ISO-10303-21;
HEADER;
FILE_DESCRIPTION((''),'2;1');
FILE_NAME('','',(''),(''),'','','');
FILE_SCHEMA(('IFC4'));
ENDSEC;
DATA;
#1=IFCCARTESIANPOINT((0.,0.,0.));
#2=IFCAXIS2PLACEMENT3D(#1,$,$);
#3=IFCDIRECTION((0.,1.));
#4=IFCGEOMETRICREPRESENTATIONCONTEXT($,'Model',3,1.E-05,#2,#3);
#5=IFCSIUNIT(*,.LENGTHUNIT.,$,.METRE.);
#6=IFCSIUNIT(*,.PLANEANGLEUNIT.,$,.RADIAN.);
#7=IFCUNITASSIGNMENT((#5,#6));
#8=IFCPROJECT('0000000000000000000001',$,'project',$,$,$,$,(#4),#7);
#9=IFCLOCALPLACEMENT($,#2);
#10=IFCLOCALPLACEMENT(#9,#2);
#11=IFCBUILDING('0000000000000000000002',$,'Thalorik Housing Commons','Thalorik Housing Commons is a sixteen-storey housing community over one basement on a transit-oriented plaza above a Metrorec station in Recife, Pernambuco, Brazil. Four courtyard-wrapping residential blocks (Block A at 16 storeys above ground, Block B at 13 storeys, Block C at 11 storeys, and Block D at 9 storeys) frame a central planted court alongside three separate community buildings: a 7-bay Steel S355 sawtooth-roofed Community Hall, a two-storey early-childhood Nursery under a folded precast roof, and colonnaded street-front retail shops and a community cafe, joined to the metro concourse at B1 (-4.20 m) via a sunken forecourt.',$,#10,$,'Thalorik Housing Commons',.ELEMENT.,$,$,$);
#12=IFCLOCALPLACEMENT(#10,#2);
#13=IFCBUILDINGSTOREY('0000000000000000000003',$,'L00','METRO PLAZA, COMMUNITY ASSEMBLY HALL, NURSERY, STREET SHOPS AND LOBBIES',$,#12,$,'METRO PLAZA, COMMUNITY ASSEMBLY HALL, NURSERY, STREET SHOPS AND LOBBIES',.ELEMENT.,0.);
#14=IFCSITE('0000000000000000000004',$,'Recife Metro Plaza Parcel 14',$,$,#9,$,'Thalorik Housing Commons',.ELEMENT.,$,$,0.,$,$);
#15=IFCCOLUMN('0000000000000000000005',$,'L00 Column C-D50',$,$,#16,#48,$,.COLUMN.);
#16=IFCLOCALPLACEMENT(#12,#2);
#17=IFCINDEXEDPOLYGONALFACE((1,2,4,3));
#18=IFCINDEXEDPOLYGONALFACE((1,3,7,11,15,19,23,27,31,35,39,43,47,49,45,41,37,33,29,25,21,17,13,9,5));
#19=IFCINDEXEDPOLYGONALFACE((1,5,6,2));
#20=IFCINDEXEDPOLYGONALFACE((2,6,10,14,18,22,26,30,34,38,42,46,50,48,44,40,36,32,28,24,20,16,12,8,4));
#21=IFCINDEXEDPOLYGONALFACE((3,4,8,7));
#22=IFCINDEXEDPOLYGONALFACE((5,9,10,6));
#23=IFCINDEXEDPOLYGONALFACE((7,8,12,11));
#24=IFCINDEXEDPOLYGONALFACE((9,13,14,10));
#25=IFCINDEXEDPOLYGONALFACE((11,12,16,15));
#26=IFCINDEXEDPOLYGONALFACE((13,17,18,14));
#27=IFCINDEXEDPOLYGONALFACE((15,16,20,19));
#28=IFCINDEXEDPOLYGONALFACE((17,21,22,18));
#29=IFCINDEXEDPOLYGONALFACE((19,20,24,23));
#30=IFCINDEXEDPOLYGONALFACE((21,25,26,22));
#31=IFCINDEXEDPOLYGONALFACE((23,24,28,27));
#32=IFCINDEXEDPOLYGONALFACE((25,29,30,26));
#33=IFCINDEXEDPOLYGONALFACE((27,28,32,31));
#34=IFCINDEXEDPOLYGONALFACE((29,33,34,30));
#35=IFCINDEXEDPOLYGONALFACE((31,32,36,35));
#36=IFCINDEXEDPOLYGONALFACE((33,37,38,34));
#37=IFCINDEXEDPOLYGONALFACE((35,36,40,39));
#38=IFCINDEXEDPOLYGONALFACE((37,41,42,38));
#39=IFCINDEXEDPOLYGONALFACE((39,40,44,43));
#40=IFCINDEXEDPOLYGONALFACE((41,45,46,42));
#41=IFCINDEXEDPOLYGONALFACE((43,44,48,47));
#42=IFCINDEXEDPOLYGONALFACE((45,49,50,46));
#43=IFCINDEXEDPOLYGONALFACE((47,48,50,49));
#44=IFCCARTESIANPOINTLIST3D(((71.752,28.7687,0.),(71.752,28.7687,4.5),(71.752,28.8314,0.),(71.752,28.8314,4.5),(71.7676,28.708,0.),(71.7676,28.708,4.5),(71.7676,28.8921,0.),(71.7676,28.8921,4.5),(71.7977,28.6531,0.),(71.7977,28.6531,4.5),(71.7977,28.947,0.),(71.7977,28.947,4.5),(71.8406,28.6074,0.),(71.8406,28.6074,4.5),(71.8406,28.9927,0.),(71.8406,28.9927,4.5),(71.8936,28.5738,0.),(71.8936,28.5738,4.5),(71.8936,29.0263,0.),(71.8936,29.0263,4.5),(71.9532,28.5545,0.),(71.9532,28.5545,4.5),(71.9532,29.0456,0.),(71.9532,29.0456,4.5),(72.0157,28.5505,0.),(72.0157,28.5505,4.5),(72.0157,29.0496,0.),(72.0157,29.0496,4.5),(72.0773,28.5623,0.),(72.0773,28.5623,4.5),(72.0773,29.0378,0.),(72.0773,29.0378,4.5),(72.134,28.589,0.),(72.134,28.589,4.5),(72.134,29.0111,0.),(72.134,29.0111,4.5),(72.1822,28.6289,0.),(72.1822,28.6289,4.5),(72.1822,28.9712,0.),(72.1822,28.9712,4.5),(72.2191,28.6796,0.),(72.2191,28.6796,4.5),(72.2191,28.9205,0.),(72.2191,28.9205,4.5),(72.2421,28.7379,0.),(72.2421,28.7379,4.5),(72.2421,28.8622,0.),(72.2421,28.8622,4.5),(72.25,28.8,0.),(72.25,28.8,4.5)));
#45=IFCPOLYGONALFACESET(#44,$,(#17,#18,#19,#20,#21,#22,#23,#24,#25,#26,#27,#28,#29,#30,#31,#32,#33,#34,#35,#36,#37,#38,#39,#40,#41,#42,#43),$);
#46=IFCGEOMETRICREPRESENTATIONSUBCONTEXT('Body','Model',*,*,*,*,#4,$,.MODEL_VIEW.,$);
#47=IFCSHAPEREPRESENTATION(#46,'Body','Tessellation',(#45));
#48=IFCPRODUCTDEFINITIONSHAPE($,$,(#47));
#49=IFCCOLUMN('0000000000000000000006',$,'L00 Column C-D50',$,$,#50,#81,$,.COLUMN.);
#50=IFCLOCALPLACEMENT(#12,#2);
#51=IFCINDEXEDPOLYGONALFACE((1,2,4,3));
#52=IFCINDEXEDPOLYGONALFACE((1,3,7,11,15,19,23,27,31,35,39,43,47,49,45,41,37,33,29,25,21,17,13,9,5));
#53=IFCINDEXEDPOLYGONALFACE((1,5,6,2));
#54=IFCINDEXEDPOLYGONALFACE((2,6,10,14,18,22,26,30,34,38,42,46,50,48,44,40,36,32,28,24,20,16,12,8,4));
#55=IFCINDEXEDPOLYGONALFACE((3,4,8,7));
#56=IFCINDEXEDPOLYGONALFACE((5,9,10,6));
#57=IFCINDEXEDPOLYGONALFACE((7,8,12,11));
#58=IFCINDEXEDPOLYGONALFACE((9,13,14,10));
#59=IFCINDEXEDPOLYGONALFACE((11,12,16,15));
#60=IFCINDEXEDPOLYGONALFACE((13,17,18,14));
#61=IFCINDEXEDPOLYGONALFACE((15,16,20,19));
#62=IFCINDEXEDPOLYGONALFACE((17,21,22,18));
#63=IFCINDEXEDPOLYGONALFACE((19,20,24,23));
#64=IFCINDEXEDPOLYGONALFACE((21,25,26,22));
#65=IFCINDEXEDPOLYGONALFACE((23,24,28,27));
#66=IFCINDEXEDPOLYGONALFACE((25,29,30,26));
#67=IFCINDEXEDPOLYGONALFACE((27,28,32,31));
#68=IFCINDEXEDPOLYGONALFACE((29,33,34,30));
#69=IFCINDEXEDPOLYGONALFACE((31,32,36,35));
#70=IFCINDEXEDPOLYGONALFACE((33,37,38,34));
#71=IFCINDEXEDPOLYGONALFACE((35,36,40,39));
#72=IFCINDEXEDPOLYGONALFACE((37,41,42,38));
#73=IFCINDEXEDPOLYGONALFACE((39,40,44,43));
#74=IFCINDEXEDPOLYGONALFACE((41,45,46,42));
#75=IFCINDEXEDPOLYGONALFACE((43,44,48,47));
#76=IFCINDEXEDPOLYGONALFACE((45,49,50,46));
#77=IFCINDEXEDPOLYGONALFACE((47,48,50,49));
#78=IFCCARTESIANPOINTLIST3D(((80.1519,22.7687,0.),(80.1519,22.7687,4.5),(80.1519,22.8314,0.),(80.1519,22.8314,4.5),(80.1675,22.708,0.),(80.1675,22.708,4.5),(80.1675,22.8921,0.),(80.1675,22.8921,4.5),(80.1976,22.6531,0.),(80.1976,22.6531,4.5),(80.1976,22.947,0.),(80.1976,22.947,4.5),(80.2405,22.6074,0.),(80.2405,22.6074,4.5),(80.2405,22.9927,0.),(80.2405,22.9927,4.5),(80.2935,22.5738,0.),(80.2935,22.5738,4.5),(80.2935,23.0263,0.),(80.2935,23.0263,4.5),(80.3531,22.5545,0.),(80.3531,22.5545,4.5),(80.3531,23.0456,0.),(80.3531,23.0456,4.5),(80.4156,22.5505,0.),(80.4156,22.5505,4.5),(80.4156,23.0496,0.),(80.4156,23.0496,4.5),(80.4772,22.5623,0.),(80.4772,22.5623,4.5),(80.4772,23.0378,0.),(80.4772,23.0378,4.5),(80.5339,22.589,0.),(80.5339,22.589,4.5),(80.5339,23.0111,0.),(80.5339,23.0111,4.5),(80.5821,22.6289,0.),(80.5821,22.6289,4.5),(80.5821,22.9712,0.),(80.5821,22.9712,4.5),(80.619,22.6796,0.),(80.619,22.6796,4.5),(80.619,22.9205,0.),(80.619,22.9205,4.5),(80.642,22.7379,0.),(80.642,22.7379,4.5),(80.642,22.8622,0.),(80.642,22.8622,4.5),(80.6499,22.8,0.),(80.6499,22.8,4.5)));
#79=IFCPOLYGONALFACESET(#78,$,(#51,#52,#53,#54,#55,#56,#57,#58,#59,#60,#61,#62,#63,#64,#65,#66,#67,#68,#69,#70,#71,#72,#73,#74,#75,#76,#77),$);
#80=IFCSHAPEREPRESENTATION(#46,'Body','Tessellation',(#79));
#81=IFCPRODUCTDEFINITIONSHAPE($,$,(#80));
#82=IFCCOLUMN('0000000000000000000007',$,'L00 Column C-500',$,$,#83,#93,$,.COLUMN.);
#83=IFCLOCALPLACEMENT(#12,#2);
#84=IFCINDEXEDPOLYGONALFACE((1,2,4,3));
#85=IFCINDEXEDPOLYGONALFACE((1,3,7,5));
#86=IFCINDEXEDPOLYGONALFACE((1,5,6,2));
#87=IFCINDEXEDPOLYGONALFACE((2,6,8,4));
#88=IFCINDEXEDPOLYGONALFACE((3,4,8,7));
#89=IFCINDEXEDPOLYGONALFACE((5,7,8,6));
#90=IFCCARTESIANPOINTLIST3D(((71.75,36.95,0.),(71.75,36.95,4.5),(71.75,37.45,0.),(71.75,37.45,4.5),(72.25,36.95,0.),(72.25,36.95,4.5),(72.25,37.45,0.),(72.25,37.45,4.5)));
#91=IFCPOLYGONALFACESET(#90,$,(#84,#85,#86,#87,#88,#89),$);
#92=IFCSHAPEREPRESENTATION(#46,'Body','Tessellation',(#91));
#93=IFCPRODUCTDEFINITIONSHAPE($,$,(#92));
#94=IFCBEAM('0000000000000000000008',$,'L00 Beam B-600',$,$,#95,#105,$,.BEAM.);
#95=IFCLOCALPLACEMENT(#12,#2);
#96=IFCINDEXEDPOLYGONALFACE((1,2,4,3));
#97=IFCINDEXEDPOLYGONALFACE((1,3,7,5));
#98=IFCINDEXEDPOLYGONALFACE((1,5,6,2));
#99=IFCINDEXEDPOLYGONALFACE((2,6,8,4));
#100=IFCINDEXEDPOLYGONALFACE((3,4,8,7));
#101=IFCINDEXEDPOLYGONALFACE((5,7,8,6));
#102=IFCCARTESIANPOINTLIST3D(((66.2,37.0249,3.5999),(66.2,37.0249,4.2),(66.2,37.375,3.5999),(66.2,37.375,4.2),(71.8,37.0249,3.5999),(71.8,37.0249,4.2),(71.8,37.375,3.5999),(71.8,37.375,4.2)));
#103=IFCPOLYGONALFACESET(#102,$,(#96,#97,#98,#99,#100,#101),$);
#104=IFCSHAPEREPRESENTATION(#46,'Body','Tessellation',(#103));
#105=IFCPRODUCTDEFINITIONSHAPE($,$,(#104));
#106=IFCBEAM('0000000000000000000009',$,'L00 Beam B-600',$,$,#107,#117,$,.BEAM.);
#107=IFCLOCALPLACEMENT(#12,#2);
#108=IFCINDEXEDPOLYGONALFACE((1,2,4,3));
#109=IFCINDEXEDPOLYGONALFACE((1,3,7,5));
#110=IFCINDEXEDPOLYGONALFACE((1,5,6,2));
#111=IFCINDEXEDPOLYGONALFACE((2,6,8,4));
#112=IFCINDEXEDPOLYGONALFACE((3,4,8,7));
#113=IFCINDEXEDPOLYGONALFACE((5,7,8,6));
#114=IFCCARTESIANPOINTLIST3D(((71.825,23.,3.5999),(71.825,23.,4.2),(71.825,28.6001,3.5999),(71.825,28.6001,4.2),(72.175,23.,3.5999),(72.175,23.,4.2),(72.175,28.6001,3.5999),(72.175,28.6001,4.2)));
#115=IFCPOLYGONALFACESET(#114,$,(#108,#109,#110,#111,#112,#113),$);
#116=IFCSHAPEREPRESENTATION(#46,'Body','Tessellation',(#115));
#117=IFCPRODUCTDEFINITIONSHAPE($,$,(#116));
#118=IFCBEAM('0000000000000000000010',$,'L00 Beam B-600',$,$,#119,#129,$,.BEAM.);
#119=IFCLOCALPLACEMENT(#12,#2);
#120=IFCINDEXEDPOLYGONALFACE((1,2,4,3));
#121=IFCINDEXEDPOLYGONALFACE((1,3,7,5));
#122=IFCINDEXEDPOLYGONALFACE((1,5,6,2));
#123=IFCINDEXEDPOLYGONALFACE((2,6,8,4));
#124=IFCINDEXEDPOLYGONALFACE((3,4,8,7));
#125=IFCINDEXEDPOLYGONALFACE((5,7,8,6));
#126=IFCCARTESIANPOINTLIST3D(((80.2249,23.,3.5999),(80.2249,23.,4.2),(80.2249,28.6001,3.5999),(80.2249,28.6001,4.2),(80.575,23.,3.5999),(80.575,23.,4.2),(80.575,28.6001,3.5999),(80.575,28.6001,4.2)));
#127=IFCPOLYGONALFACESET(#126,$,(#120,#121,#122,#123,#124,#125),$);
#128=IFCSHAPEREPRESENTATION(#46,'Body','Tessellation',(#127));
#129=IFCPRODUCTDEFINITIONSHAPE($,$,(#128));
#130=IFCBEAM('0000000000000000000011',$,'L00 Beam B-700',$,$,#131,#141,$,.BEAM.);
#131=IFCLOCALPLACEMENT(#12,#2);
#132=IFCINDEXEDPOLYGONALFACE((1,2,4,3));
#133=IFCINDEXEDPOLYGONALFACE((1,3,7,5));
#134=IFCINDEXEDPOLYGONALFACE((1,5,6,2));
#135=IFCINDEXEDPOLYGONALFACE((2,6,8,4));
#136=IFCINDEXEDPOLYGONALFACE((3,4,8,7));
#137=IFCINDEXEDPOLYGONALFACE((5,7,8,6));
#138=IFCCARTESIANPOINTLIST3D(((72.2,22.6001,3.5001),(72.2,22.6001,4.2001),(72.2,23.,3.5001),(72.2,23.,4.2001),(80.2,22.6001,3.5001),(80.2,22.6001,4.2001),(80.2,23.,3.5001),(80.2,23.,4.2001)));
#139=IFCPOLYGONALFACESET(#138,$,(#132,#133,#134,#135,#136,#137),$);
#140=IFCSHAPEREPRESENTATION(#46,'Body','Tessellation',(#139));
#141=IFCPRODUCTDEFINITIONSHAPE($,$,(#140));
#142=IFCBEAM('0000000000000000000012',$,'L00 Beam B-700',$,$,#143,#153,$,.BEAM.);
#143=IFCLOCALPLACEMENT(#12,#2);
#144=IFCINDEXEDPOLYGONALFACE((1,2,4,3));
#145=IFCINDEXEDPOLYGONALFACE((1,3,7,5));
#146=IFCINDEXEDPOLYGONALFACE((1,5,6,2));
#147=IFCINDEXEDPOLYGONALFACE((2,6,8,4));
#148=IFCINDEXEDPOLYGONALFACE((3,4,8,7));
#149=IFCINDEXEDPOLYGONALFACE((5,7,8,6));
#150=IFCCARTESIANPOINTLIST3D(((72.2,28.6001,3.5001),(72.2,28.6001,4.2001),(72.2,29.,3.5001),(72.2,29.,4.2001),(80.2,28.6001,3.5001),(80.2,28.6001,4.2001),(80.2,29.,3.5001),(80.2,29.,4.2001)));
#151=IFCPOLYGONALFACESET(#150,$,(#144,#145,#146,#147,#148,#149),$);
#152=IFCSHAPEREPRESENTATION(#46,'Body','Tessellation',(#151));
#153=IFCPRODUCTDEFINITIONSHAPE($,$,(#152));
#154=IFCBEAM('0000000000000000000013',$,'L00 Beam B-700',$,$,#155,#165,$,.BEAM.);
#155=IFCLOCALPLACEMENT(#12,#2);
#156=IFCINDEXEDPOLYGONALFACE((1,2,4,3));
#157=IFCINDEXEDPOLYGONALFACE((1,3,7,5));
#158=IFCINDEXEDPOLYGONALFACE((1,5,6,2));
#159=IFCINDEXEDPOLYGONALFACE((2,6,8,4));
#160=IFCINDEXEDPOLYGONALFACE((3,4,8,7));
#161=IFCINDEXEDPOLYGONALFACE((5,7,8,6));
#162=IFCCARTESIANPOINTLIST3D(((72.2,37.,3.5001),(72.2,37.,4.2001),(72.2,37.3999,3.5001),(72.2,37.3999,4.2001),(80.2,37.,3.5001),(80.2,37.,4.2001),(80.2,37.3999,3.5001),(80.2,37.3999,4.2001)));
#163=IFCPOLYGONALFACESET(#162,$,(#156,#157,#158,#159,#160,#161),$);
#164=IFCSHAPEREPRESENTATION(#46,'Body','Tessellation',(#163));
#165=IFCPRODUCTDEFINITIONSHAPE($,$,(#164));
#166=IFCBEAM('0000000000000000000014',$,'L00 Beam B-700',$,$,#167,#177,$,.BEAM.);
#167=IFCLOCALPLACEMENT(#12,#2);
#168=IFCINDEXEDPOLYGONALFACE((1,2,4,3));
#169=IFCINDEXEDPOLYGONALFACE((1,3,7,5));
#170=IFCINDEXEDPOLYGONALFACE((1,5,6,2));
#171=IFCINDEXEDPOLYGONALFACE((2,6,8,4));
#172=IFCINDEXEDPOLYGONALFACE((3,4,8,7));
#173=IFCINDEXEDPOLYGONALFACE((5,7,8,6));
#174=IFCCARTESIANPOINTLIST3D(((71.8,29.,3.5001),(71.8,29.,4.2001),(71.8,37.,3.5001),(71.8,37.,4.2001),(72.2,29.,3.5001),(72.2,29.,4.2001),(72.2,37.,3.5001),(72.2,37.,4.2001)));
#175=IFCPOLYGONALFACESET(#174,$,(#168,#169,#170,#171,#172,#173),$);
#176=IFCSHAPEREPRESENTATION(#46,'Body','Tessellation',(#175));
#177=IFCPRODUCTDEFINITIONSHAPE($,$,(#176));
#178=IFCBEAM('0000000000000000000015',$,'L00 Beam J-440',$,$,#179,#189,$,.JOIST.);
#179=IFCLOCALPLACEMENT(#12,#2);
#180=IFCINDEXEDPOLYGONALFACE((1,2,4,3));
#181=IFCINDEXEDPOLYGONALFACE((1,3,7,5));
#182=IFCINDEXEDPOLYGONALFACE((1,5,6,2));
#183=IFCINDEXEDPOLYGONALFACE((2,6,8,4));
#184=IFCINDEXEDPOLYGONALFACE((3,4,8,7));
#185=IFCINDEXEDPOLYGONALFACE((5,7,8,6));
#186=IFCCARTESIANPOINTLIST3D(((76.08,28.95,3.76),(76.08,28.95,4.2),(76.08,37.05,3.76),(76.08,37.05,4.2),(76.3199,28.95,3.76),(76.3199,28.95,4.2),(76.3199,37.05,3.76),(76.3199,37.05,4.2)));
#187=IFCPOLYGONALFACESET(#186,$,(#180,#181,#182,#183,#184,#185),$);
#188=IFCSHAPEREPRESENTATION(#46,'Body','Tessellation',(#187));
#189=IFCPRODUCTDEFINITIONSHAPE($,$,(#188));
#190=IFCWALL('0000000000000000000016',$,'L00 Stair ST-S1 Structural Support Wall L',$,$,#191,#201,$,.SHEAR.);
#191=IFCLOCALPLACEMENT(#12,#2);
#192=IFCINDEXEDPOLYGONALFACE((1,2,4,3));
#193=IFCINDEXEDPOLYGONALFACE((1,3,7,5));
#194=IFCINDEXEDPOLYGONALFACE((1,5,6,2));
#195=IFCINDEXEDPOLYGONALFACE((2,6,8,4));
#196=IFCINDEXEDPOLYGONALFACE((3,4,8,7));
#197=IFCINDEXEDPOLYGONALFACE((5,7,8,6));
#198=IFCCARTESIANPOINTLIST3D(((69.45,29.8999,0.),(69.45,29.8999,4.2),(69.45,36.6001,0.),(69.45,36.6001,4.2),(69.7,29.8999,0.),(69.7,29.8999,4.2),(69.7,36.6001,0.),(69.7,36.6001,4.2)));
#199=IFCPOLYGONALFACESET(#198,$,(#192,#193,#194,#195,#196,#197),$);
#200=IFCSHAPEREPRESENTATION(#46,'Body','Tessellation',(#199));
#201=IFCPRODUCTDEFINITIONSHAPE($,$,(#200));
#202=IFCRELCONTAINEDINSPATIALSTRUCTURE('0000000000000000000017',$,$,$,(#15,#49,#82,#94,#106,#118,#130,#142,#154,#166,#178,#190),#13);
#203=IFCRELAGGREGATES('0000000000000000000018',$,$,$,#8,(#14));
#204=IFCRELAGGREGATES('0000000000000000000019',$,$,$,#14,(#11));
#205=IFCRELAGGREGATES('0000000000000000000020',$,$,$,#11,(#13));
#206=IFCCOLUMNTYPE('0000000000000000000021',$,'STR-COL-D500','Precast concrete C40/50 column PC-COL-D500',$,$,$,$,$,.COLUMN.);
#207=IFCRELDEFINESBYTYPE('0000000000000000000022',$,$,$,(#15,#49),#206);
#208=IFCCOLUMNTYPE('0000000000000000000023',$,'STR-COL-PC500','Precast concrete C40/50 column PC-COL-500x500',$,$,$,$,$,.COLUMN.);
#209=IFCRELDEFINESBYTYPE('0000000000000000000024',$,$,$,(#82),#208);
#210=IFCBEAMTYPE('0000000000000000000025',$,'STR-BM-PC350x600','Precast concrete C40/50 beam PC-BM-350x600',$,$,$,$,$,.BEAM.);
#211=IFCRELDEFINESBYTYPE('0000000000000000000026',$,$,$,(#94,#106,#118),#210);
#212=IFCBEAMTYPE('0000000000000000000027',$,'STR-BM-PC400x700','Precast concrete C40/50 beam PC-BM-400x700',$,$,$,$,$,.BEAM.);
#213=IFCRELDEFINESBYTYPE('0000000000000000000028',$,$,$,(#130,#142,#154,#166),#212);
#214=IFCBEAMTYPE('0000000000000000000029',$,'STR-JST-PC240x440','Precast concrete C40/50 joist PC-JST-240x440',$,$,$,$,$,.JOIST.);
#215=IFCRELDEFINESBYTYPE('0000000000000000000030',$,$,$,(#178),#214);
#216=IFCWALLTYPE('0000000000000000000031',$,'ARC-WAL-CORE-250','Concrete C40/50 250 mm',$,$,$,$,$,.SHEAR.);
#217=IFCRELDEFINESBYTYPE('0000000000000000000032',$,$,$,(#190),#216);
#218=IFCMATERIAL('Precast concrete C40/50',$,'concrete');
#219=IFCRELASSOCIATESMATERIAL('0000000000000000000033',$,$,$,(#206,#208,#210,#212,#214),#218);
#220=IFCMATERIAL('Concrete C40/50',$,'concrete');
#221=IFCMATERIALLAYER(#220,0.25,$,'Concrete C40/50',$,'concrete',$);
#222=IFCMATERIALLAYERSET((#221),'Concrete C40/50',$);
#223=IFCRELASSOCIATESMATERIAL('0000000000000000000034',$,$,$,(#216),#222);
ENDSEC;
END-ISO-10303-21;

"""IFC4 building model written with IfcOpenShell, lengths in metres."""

from ifc_helpers import new_model, si_unit, direction, frame, frame_2d, origin, origin_2d, place, context, subcontext, project, spatial, rectangle, circle, extrude, material, layer, layer_set, material_profile, profile_set, type_object, element, save


model = new_model("IFC4")

# Units and contexts
model_context = context("Model", 3, precision=1e-05, world=origin(), true_north=direction((0.0, 1.0)))
body_context = subcontext(model_context, "Body", "Model", "MODEL_VIEW")
ifc_project = project(units=[si_unit("LENGTHUNIT", "METRE"), si_unit("PLANEANGLEUNIT", "RADIAN")], contexts=[model_context])

# Site, building, storey
site_placement = place(None, origin())
site = spatial("IfcSite", under=ifc_project, at=site_placement, Name="Recife Metro Plaza Parcel 14", LongName="Thalorik Housing Commons", CompositionType="ELEMENT", RefElevation=0.0)
building_placement = place(site_placement, origin())
building = spatial("IfcBuilding", under=site, at=building_placement, Name="Thalorik Housing Commons", Description="Thalorik Housing Commons is a sixteen-storey housing community over one basement on a transit-oriented plaza above a Metrorec station in Recife, Pernambuco, Brazil. Four courtyard-wrapping residential blocks (Block A at 16 storeys above ground, Block B at 13 storeys, Block C at 11 storeys, and Block D at 9 storeys) frame a central planted court alongside three separate community buildings: a 7-bay Steel S355 sawtooth-roofed Community Hall, a two-storey early-childhood Nursery under a folded precast roof, and colonnaded street-front retail shops and a community cafe, joined to the metro concourse at B1 (-4.20 m) via a sunken forecourt.", LongName="Thalorik Housing Commons", CompositionType="ELEMENT")
storey_placement = place(building_placement, origin())
storey = spatial("IfcBuildingStorey", under=building, at=storey_placement, Name="L00", Description="METRO PLAZA, COMMUNITY ASSEMBLY HALL, NURSERY, STREET SHOPS AND LOBBIES", LongName="METRO PLAZA, COMMUNITY ASSEMBLY HALL, NURSERY, STREET SHOPS AND LOBBIES", CompositionType="ELEMENT", Elevation=0.0)

# Columns
ifc_material_1 = material(Name="Precast concrete C40/50", Category="concrete")
ifc_material_profile_1 = material_profile(ifc_material_1, circle(Radius=0.25, at=origin_2d()), Name="PC D500", Category="concrete")
ifc_profile_set_1 = profile_set([ifc_material_profile_1], Name="Precast concrete C40/50")
column_type_1 = type_object("IfcColumnType", Name="STR-COL-D500", Description="Precast concrete C40/50 column PC-COL-D500", PredefinedType="COLUMN", material=ifc_profile_set_1)
for number, where, z_axis, x_axis, name in (
    (1, (72.0, 28.8, 0.0), (0.0, 0.0, 1.0), (1.0, 0.0, 0.0), "L00 Column C-D50"),
    (2, (80.3999, 22.8, 0.0), (0.0, 0.0, 1.0), (1.0, 0.0, 0.0), "L00 Column C-D50"),
):
    element("IfcColumn", number, at=place(storey_placement, frame(where, z_axis=z_axis, x_axis=x_axis)), inside=storey, type_object=column_type_1, Name=name, PredefinedType="COLUMN", context=body_context, shape_type="SweptSolid", body=[
        extrude(circle(Radius=0.25, at=origin_2d()), origin(), (0.0, 0.0, 1.0), 4.5),
    ])
ifc_material_profile_2 = material_profile(ifc_material_1, rectangle(XDim=0.5, YDim=0.5, at=origin_2d()), Name="PC 500x500", Category="concrete")
ifc_profile_set_2 = profile_set([ifc_material_profile_2], Name="Precast concrete C40/50")
column_type_2 = type_object("IfcColumnType", Name="STR-COL-PC500", Description="Precast concrete C40/50 column PC-COL-500x500", PredefinedType="COLUMN", material=ifc_profile_set_2)
column_placement = place(storey_placement, frame((72.0, 37.2, 0.0), z_axis=(0.0, 0.0, 1.0), x_axis=(1.0, 0.0, 0.0)))
element("IfcColumn", 3, at=column_placement, inside=storey, type_object=column_type_2, Name="L00 Column C-500", PredefinedType="COLUMN", context=body_context, shape_type="SweptSolid", body=[
    extrude(rectangle(XDim=0.5, YDim=0.5, at=origin_2d()), origin(), (0.0, 0.0, 1.0), 4.5),
])

# Beams
ifc_material_profile_3 = material_profile(ifc_material_1, rectangle(XDim=0.3501, YDim=0.6001, at=origin_2d()), Name="PC 350x600", Category="concrete")
ifc_profile_set_3 = profile_set([ifc_material_profile_3], Name="Precast concrete C40/50")
beam_type_1 = type_object("IfcBeamType", Name="STR-BM-PC350x600", Description="Precast concrete C40/50 beam PC-BM-350x600", PredefinedType="BEAM", material=ifc_profile_set_3)
for number, where, z_axis, x_axis, name in (
    (4, (66.2, 37.2, 3.8999), (1.0, 0.0, 0.0), (0.0, 1.0, 0.0), "L00 Beam B-600"),
    (5, (72.0, 23.0, 3.8999), (0.0, 1.0, 0.0), (-1.0, 0.0, 0.0), "L00 Beam B-600"),
    (6, (80.3999, 23.0, 3.8999), (0.0, 1.0, 0.0), (-1.0, 0.0, 0.0), "L00 Beam B-600"),
):
    element("IfcBeam", number, at=place(storey_placement, frame(where, z_axis=z_axis, x_axis=x_axis)), inside=storey, type_object=beam_type_1, Name=name, PredefinedType="BEAM", context=body_context, shape_type="SweptSolid", body=[
        extrude(rectangle(XDim=0.3501, YDim=0.6001, at=origin_2d()), origin(), (0.0, 0.0, 1.0), 5.6001),
    ])
ifc_material_profile_4 = material_profile(ifc_material_1, rectangle(XDim=0.3999, YDim=0.7, at=origin_2d()), Name="PC 400x700", Category="concrete")
ifc_profile_set_4 = profile_set([ifc_material_profile_4], Name="Precast concrete C40/50")
beam_type_2 = type_object("IfcBeamType", Name="STR-BM-PC400x700", Description="Precast concrete C40/50 beam PC-BM-400x700", PredefinedType="BEAM", material=ifc_profile_set_4)
for number, where, z_axis, x_axis, name in (
    (7, (72.2, 22.8, 3.8501), (1.0, 0.0, 0.0), (0.0, 1.0, 0.0), "L00 Beam B-700"),
    (8, (72.2, 28.8, 3.8501), (1.0, 0.0, 0.0), (0.0, 1.0, 0.0), "L00 Beam B-700"),
    (9, (72.2, 37.2, 3.8501), (1.0, 0.0, 0.0), (0.0, 1.0, 0.0), "L00 Beam B-700"),
    (10, (72.0, 29.0, 3.8501), (0.0, 1.0, 0.0), (-1.0, 0.0, 0.0), "L00 Beam B-700"),
):
    element("IfcBeam", number, at=place(storey_placement, frame(where, z_axis=z_axis, x_axis=x_axis)), inside=storey, type_object=beam_type_2, Name=name, PredefinedType="BEAM", context=body_context, shape_type="SweptSolid", body=[
        extrude(rectangle(XDim=0.3999, YDim=0.7, at=origin_2d()), origin(), (0.0, 0.0, 1.0), 8.0),
    ])
ifc_material_profile_5 = material_profile(ifc_material_1, rectangle(XDim=0.24, YDim=0.4399, at=origin_2d()), Name="PC JST 240x440", Category="concrete")
ifc_profile_set_5 = profile_set([ifc_material_profile_5], Name="Precast concrete C40/50")
beam_type_3 = type_object("IfcBeamType", Name="STR-JST-PC240x440", Description="Precast concrete C40/50 joist PC-JST-240x440", PredefinedType="JOIST", material=ifc_profile_set_5)
beam_placement = place(storey_placement, frame((76.2, 28.95, 3.98), z_axis=(0.0, 1.0, 0.0), x_axis=(-1.0, 0.0, 0.0)))
element("IfcBeam", 11, at=beam_placement, inside=storey, type_object=beam_type_3, Name="L00 Beam J-440", PredefinedType="JOIST", context=body_context, shape_type="SweptSolid", body=[
    extrude(rectangle(XDim=0.24, YDim=0.4399, at=origin_2d()), origin(), (0.0, 0.0, 1.0), 8.1001),
])

# Wall
ifc_material_2 = material(Name="Concrete C40/50", Category="concrete")
ifc_layer_1 = layer(ifc_material_2, 0.25, Name="Concrete C40/50", Category="concrete")
ifc_layer_set_1 = layer_set([ifc_layer_1], Name="Concrete C40/50")
wall_type_1 = type_object("IfcWallType", Name="ARC-WAL-CORE-250", Description="Concrete C40/50 250 mm", PredefinedType="SHEAR", material=ifc_layer_set_1)
wall_1_placement = place(storey_placement, frame((69.575, 29.8999, 0.0), z_axis=(0.0, 0.0, 1.0), x_axis=(0.0, 1.0, 0.0)))
element("IfcWall", 12, at=wall_1_placement, inside=storey, type_object=wall_type_1, Name="L00 Stair ST-S1 Structural Support Wall L", PredefinedType="SHEAR", context=body_context, shape_type="SweptSolid", body=[
    extrude(rectangle(XDim=6.7002, YDim=0.25, at=frame_2d((3.3501, 0.0))), origin(), (0.0, 0.0, 1.0), 4.2),
])

save(model, "model.ifc")
